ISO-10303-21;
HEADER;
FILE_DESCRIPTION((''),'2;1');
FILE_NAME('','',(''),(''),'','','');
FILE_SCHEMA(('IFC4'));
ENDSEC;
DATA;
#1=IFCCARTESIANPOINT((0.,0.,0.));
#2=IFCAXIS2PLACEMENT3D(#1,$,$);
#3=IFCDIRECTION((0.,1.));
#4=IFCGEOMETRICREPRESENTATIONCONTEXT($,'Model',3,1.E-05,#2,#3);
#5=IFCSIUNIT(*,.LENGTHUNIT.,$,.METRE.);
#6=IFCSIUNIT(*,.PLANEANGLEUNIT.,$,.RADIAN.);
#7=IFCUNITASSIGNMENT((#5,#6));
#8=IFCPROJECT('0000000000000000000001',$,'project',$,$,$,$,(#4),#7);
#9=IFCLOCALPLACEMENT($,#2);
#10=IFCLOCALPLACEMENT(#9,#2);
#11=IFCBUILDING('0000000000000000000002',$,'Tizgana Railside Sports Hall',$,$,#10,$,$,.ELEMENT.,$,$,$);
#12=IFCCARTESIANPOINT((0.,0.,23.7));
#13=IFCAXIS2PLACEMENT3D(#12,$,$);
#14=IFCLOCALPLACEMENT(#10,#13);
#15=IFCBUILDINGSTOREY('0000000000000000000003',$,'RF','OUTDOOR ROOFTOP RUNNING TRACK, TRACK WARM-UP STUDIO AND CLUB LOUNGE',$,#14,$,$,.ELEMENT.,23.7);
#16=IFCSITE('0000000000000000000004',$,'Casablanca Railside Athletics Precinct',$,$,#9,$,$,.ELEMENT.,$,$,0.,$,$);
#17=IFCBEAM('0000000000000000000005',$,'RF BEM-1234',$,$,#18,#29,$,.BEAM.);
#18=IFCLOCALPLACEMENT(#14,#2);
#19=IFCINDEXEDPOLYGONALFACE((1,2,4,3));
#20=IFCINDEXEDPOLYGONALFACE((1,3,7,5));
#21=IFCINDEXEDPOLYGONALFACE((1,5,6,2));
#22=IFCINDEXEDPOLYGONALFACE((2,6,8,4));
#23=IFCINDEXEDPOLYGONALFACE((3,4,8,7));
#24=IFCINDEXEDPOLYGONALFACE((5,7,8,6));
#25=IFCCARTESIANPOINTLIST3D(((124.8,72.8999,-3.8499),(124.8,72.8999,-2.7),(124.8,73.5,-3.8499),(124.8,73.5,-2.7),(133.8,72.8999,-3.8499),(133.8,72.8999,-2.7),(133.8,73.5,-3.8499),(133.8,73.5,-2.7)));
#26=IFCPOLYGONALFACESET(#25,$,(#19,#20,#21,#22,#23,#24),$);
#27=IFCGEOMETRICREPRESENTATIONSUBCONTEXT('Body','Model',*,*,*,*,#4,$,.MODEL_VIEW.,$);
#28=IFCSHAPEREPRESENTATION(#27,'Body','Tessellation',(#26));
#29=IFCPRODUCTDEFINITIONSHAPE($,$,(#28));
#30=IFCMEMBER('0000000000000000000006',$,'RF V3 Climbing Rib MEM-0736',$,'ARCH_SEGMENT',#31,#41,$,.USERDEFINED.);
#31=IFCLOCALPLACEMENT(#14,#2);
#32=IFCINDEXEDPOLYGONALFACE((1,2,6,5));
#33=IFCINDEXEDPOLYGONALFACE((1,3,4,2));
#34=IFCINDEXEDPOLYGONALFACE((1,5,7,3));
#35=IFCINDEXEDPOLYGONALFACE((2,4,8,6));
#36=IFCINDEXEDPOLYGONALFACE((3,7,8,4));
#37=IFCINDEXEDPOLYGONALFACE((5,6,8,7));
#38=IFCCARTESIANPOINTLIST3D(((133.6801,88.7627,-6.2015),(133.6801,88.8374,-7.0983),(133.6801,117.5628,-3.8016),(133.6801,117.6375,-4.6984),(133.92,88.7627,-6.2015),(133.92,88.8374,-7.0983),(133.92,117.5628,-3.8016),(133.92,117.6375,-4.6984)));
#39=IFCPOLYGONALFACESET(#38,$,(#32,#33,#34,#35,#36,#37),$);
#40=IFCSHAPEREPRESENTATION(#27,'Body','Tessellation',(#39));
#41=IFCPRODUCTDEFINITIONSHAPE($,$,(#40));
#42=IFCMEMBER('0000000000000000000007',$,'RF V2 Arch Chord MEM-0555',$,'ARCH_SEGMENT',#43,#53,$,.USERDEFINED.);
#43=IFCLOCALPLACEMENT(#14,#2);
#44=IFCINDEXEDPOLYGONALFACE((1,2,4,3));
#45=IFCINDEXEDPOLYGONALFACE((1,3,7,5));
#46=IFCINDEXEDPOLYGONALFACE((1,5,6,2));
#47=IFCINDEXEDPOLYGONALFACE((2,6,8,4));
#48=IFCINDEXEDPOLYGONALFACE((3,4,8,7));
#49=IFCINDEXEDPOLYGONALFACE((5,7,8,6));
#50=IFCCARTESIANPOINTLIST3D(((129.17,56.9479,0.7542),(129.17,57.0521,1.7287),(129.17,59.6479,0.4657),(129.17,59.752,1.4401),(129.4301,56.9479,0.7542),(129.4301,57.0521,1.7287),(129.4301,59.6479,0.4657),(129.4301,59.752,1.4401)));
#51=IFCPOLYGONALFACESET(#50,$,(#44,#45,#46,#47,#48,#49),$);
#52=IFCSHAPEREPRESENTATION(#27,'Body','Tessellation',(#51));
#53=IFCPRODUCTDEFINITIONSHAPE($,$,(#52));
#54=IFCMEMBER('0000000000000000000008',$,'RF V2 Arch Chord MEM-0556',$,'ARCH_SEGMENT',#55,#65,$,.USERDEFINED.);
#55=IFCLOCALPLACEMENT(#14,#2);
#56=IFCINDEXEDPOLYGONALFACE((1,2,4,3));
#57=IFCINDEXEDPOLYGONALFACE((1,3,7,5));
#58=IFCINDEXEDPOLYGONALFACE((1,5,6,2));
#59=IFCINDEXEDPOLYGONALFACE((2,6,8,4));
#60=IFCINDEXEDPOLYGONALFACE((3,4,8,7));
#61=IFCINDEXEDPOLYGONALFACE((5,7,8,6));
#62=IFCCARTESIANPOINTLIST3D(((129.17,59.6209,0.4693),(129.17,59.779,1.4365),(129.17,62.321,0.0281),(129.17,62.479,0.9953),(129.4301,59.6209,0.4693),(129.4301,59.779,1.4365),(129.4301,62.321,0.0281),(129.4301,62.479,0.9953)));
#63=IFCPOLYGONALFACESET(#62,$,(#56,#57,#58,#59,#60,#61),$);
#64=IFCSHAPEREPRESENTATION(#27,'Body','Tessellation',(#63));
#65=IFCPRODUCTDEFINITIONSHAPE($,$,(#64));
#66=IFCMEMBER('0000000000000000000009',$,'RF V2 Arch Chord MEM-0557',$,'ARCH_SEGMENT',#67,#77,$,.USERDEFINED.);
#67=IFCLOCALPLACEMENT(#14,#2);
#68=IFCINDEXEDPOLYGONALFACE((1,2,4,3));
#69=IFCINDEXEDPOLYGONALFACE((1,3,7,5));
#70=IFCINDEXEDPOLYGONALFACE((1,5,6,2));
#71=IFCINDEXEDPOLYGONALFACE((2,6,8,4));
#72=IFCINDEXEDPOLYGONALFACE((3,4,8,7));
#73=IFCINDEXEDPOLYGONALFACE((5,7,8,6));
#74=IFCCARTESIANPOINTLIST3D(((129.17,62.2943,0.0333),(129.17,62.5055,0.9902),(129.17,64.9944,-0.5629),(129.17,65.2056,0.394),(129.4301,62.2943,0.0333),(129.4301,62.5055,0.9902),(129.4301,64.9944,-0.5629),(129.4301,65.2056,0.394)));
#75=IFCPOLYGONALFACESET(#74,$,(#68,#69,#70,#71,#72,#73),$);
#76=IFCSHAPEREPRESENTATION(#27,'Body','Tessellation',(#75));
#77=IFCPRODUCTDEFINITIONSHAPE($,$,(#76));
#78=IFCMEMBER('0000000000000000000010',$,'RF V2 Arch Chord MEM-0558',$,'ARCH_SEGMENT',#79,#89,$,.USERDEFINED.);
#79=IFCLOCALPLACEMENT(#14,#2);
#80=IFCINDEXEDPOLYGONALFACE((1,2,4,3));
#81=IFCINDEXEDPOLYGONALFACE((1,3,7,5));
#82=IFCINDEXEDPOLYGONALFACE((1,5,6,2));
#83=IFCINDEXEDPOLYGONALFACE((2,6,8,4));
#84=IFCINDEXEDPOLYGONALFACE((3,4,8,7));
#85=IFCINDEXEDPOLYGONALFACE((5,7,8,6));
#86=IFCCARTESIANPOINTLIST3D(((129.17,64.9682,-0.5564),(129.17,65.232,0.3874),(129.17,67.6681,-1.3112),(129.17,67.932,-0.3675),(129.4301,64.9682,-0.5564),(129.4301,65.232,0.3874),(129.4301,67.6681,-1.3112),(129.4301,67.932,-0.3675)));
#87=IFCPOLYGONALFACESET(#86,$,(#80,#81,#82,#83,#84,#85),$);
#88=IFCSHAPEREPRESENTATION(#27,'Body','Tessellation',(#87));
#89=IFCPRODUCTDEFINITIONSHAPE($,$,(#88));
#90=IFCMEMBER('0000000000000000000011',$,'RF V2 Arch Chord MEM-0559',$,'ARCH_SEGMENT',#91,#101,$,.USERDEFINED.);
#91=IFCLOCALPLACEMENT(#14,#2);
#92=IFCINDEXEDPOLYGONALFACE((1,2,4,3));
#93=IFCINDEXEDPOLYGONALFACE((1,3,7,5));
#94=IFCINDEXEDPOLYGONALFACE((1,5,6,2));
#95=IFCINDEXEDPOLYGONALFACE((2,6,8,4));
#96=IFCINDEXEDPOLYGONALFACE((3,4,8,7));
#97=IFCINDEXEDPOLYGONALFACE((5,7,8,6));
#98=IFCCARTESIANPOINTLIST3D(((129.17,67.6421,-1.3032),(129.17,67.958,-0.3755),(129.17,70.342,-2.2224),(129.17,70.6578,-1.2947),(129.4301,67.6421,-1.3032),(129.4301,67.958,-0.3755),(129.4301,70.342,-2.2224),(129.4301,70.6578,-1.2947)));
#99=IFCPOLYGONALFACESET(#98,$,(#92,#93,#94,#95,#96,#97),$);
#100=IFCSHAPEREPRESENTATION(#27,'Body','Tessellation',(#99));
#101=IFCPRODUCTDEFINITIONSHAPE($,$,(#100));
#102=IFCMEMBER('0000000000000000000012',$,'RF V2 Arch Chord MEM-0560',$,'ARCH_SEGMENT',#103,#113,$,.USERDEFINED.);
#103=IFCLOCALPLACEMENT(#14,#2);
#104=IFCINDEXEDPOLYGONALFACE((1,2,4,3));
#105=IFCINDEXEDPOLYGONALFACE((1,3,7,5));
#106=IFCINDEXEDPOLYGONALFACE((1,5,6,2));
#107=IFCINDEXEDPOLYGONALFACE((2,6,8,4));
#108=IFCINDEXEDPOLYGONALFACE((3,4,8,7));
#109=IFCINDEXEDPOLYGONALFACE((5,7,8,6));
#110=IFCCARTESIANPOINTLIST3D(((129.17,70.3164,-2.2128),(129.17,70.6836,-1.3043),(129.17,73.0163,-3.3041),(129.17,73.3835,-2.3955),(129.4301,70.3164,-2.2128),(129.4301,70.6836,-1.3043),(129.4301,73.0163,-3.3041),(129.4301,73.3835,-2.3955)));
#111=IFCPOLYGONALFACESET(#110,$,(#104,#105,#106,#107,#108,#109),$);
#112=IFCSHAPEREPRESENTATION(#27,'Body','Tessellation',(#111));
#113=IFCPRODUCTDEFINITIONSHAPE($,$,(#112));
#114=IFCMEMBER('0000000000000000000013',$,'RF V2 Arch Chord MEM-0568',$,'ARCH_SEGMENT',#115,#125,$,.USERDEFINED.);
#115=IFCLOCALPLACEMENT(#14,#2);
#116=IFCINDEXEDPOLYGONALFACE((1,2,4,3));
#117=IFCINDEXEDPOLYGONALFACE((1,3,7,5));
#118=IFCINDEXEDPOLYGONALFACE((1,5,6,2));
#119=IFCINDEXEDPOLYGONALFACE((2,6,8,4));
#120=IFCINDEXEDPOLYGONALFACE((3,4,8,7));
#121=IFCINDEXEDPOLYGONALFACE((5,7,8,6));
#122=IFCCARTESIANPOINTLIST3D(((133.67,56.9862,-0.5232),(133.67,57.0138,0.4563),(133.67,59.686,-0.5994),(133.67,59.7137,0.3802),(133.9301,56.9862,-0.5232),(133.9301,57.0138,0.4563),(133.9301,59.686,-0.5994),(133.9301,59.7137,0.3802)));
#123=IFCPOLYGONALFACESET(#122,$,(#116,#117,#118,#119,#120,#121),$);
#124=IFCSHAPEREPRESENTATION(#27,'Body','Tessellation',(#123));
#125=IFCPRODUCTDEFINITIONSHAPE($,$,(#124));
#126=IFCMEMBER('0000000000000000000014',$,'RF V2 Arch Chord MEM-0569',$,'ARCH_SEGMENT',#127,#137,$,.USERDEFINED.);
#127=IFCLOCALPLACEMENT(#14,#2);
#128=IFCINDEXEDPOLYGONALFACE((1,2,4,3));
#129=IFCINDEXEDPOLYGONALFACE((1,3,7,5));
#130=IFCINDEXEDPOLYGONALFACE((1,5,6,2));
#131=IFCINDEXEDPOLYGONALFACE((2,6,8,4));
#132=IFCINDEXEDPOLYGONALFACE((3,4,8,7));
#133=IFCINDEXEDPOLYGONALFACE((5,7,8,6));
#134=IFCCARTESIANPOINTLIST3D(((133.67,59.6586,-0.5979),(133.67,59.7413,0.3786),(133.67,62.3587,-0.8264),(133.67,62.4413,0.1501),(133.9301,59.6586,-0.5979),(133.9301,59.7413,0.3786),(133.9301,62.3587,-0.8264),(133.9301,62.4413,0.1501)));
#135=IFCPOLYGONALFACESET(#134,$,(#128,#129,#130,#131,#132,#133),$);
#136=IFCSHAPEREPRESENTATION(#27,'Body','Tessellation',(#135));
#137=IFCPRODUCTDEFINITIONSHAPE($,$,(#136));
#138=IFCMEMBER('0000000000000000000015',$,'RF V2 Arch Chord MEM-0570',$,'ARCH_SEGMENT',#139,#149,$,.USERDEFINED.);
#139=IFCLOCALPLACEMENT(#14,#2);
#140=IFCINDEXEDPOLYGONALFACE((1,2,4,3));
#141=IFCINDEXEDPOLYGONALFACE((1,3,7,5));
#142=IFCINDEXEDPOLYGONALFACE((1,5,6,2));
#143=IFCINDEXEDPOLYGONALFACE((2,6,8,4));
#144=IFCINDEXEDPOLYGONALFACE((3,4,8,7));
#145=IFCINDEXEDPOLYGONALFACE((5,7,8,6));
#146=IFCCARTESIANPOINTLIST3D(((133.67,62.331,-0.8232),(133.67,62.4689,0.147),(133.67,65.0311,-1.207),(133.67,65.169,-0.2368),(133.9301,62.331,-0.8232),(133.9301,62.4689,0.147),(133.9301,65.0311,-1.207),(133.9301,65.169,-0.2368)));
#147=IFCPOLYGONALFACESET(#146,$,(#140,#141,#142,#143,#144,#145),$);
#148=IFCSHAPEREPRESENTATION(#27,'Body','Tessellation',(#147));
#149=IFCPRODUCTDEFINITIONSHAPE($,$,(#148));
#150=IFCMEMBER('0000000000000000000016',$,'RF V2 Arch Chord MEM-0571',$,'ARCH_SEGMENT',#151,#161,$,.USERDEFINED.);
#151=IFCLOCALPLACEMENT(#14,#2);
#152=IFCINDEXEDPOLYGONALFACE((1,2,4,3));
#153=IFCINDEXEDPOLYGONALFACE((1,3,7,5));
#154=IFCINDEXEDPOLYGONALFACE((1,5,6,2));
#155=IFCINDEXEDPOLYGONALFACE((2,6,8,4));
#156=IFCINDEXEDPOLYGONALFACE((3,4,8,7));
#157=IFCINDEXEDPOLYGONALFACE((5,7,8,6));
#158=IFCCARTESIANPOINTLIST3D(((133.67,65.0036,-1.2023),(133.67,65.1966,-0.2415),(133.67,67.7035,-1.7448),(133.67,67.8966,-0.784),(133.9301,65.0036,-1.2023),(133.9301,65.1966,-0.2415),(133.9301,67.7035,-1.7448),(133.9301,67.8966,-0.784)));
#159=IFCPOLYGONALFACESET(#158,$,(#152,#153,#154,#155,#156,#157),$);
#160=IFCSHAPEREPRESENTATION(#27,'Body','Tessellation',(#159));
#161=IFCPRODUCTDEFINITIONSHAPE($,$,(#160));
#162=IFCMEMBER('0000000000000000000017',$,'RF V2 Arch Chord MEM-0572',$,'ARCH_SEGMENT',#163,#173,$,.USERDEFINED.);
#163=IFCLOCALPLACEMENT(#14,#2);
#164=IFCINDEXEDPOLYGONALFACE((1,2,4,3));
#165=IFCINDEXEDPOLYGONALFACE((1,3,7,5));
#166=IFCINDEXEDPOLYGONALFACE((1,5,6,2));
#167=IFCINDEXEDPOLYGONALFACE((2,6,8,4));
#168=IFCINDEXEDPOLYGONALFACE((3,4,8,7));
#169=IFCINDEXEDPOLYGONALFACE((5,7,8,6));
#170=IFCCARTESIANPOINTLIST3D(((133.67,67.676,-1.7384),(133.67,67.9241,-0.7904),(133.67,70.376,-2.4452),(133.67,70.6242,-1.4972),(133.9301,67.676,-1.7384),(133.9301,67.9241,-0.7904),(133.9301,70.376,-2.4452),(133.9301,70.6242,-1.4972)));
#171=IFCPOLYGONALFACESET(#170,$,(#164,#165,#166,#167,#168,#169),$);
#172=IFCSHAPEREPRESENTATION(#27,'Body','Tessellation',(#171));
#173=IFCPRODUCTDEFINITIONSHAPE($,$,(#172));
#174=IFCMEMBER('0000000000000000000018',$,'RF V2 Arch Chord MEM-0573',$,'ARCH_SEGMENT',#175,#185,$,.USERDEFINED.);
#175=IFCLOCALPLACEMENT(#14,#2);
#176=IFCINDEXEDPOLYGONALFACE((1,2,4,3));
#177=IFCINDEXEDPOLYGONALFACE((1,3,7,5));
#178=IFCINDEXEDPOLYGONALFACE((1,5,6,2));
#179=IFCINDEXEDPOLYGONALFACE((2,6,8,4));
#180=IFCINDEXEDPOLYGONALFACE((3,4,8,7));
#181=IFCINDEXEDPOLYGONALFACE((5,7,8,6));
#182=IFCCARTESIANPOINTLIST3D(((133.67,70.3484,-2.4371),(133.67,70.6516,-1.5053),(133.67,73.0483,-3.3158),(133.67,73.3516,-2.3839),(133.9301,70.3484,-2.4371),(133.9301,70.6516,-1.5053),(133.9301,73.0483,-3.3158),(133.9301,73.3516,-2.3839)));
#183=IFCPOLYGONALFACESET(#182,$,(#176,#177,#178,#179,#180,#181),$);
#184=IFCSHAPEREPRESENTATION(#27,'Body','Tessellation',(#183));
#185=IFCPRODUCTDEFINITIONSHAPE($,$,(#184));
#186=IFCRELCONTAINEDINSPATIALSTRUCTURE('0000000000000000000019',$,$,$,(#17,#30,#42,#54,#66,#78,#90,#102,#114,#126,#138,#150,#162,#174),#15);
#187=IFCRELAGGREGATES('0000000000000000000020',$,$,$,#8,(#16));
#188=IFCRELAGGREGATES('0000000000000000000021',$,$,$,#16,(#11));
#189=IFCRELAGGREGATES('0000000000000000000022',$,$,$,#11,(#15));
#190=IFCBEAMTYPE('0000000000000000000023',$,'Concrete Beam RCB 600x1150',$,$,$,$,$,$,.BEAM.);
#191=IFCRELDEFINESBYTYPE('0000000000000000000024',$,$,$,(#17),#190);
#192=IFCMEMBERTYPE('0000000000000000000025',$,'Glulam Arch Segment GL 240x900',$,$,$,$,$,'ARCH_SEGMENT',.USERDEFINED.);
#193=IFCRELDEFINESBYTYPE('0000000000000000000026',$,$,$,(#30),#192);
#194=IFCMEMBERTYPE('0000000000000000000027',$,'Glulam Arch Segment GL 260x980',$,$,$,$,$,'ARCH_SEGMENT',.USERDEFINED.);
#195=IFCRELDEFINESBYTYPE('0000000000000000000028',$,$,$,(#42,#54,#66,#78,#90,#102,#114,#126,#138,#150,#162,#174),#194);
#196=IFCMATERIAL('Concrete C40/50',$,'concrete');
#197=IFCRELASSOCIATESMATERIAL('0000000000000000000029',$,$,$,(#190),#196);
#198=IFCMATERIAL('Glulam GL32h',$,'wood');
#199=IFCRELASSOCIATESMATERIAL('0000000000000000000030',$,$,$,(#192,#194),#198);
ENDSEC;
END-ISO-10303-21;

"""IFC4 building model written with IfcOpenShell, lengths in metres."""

from ifc_helpers import new_model, si_unit, direction, frame, origin, origin_2d, place, context, subcontext, project, spatial, rectangle, extrude, material, material_profile, profile_set, type_object, element, save


model = new_model("IFC4")

# Units and contexts
model_context = context("Model", 3, precision=1e-05, world=origin(), true_north=direction((0.0, 1.0)))
body_context = subcontext(model_context, "Body", "Model", "MODEL_VIEW")
ifc_project = project(units=[si_unit("LENGTHUNIT", "METRE"), si_unit("PLANEANGLEUNIT", "RADIAN")], contexts=[model_context])

# Site, building, storey
site_placement = place(None, origin())
site = spatial("IfcSite", under=ifc_project, at=site_placement, Name="Casablanca Railside Athletics Precinct", CompositionType="ELEMENT", RefElevation=0.0)
building_placement = place(site_placement, origin())
building = spatial("IfcBuilding", under=site, at=building_placement, Name="Tizgana Railside Sports Hall", CompositionType="ELEMENT")
storey_placement = place(building_placement, frame((0.0, 0.0, 23.7)))
storey = spatial("IfcBuildingStorey", under=building, at=storey_placement, Name="RF", Description="OUTDOOR ROOFTOP RUNNING TRACK, TRACK WARM-UP STUDIO AND CLUB LOUNGE", CompositionType="ELEMENT", Elevation=23.7)

# Beam
ifc_material_1 = material(Name="Concrete C40/50", Category="concrete")
ifc_material_profile_1 = material_profile(ifc_material_1, rectangle(XDim=0.6001, YDim=1.1499, at=origin_2d()), Name="RCB 600x1150")
ifc_profile_set_1 = profile_set([ifc_material_profile_1], Name="Concrete C40/50")
beam_type_1 = type_object("IfcBeamType", Name="Concrete Beam RCB 600x1150", PredefinedType="BEAM", material=ifc_profile_set_1)
beam_1_placement = place(storey_placement, frame((124.8, 73.2, -3.2749), z_axis=(1.0, 0.0, 0.0), x_axis=(0.0, 1.0, 0.0)))
element("IfcBeam", 1, at=beam_1_placement, inside=storey, type_object=beam_type_1, Name="RF BEM-1234", PredefinedType="BEAM", context=body_context, shape_type="SweptSolid", body=[
    extrude(rectangle(XDim=0.6001, YDim=1.1499, at=origin_2d()), origin(), (0.0, 0.0, 1.0), 9.0),
])

# Members
ifc_material_2 = material(Name="Glulam GL32h", Category="wood")
ifc_material_profile_2 = material_profile(ifc_material_2, rectangle(XDim=0.24, YDim=0.8999, at=origin_2d()), Name="GL 240x900")
ifc_profile_set_2 = profile_set([ifc_material_profile_2], Name="Glulam GL32h")
member_type_1 = type_object("IfcMemberType", Name="Glulam Arch Segment GL 240x900", ElementType="ARCH_SEGMENT", PredefinedType="USERDEFINED", material=ifc_profile_set_2)
member_1_placement = place(storey_placement, frame((133.8, 88.8, -6.6499), z_axis=(0.0, 0.996546, 0.083042), x_axis=(-1.0, 0.0, 0.0)))
element("IfcMember", 2, at=member_1_placement, inside=storey, type_object=member_type_1, Name="RF V3 Climbing Rib MEM-0736", ObjectType="ARCH_SEGMENT", PredefinedType="USERDEFINED", context=body_context, shape_type="SweptSolid", body=[
    extrude(rectangle(XDim=0.24, YDim=0.8999, at=origin_2d()), origin(), (0.0, 0.0, 1.0), 28.8999),
])
ifc_material_profile_3 = material_profile(ifc_material_2, rectangle(XDim=0.26, YDim=0.98, at=origin_2d()), Name="GL 260x980")
ifc_profile_set_3 = profile_set([ifc_material_profile_3], Name="Glulam GL32h")
member_type_2 = type_object("IfcMemberType", Name="Glulam Arch Segment GL 260x980", ElementType="ARCH_SEGMENT", PredefinedType="USERDEFINED", material=ifc_profile_set_3)
member_2_placement = place(storey_placement, frame((129.3, 57.0, 1.2415), z_axis=(0.0, 0.994337, -0.106276), x_axis=(-1.0, 0.0, 0.0)))
element("IfcMember", 3, at=member_2_placement, inside=storey, type_object=member_type_2, Name="RF V2 Arch Chord MEM-0555", ObjectType="ARCH_SEGMENT", PredefinedType="USERDEFINED", context=body_context, shape_type="SweptSolid", body=[
    extrude(rectangle(XDim=0.26, YDim=0.98, at=origin_2d()), origin(), (0.0, 0.0, 1.0), 2.7153),
])
member_3_placement = place(storey_placement, frame((129.3, 59.7, 0.9529), z_axis=(0.0, 0.986912, -0.161258), x_axis=(-1.0, 0.0, 0.0)))
element("IfcMember", 4, at=member_3_placement, inside=storey, type_object=member_type_2, Name="RF V2 Arch Chord MEM-0556", ObjectType="ARCH_SEGMENT", PredefinedType="USERDEFINED", context=body_context, shape_type="SweptSolid", body=[
    extrude(rectangle(XDim=0.26, YDim=0.98, at=origin_2d()), origin(), (0.0, 0.0, 1.0), 2.7358),
])
member_4_placement = place(storey_placement, frame((129.3, 62.3999, 0.5117), z_axis=(0.0, 0.976481, -0.215603), x_axis=(-1.0, 0.0, 0.0)))
element("IfcMember", 5, at=member_4_placement, inside=storey, type_object=member_type_2, Name="RF V2 Arch Chord MEM-0557", ObjectType="ARCH_SEGMENT", PredefinedType="USERDEFINED", context=body_context, shape_type="SweptSolid", body=[
    extrude(rectangle(XDim=0.26, YDim=0.98, at=origin_2d()), origin(), (0.0, 0.0, 1.0), 2.7651),
])
member_5_placement = place(storey_placement, frame((129.3, 65.1001, -0.0845), z_axis=(0.0, 0.963066, -0.269265), x_axis=(-1.0, 0.0, 0.0)))
element("IfcMember", 6, at=member_5_placement, inside=storey, type_object=member_type_2, Name="RF V2 Arch Chord MEM-0558", ObjectType="ARCH_SEGMENT", PredefinedType="USERDEFINED", context=body_context, shape_type="SweptSolid", body=[
    extrude(rectangle(XDim=0.26, YDim=0.98, at=origin_2d()), origin(), (0.0, 0.0, 1.0), 2.8035),
])
member_6_placement = place(storey_placement, frame((129.3, 67.8, -0.8394), z_axis=(0.0, 0.946644, -0.322282), x_axis=(-1.0, 0.0, 0.0)))
element("IfcMember", 7, at=member_6_placement, inside=storey, type_object=member_type_2, Name="RF V2 Arch Chord MEM-0559", ObjectType="ARCH_SEGMENT", PredefinedType="USERDEFINED", context=body_context, shape_type="SweptSolid", body=[
    extrude(rectangle(XDim=0.26, YDim=0.98, at=origin_2d()), origin(), (0.0, 0.0, 1.0), 2.8521),
])
member_7_placement = place(storey_placement, frame((129.3, 70.5, -1.7585), z_axis=(0.0, 0.927129, -0.374742), x_axis=(-1.0, 0.0, 0.0)))
element("IfcMember", 8, at=member_7_placement, inside=storey, type_object=member_type_2, Name="RF V2 Arch Chord MEM-0560", ObjectType="ARCH_SEGMENT", PredefinedType="USERDEFINED", context=body_context, shape_type="SweptSolid", body=[
    extrude(rectangle(XDim=0.26, YDim=0.98, at=origin_2d()), origin(), (0.0, 0.0, 1.0), 2.9121),
])
member_8_placement = place(storey_placement, frame((133.8, 57.0, -0.0334), z_axis=(0.0, 0.999602, -0.028201), x_axis=(-1.0, 0.0, 0.0)))
element("IfcMember", 9, at=member_8_placement, inside=storey, type_object=member_type_2, Name="RF V2 Arch Chord MEM-0568", ObjectType="ARCH_SEGMENT", PredefinedType="USERDEFINED", context=body_context, shape_type="SweptSolid", body=[
    extrude(rectangle(XDim=0.26, YDim=0.98, at=origin_2d()), origin(), (0.0, 0.0, 1.0), 2.7009),
])
member_9_placement = place(storey_placement, frame((133.8, 59.7, -0.1096), z_axis=(0.0, 0.996437, -0.084335), x_axis=(-1.0, 0.0, 0.0)))
element("IfcMember", 10, at=member_9_placement, inside=storey, type_object=member_type_2, Name="RF V2 Arch Chord MEM-0569", ObjectType="ARCH_SEGMENT", PredefinedType="USERDEFINED", context=body_context, shape_type="SweptSolid", body=[
    extrude(rectangle(XDim=0.26, YDim=0.98, at=origin_2d()), origin(), (0.0, 0.0, 1.0), 2.7097),
])
member_10_placement = place(storey_placement, frame((133.8, 62.3999, -0.3381), z_axis=(0.0, 0.99005, -0.14072), x_axis=(-1.0, 0.0, 0.0)))
element("IfcMember", 11, at=member_10_placement, inside=storey, type_object=member_type_2, Name="RF V2 Arch Chord MEM-0570", ObjectType="ARCH_SEGMENT", PredefinedType="USERDEFINED", context=body_context, shape_type="SweptSolid", body=[
    extrude(rectangle(XDim=0.26, YDim=0.98, at=origin_2d()), origin(), (0.0, 0.0, 1.0), 2.7273),
])
member_11_placement = place(storey_placement, frame((133.8, 65.1001, -0.7219), z_axis=(0.0, 0.980406, -0.196986), x_axis=(-1.0, 0.0, 0.0)))
element("IfcMember", 12, at=member_11_placement, inside=storey, type_object=member_type_2, Name="RF V2 Arch Chord MEM-0571", ObjectType="ARCH_SEGMENT", PredefinedType="USERDEFINED", context=body_context, shape_type="SweptSolid", body=[
    extrude(rectangle(XDim=0.26, YDim=0.98, at=origin_2d()), origin(), (0.0, 0.0, 1.0), 2.7539),
])
member_12_placement = place(storey_placement, frame((133.8, 67.8, -1.2644), z_axis=(0.0, 0.967402, -0.253244), x_axis=(-1.0, 0.0, 0.0)))
element("IfcMember", 13, at=member_12_placement, inside=storey, type_object=member_type_2, Name="RF V2 Arch Chord MEM-0572", ObjectType="ARCH_SEGMENT", PredefinedType="USERDEFINED", context=body_context, shape_type="SweptSolid", body=[
    extrude(rectangle(XDim=0.26, YDim=0.98, at=origin_2d()), origin(), (0.0, 0.0, 1.0), 2.791),
])
member_13_placement = place(storey_placement, frame((133.8, 70.5, -1.9712), z_axis=(0.0, 0.950912, -0.309461), x_axis=(-1.0, 0.0, 0.0)))
element("IfcMember", 14, at=member_13_placement, inside=storey, type_object=member_type_2, Name="RF V2 Arch Chord MEM-0573", ObjectType="ARCH_SEGMENT", PredefinedType="USERDEFINED", context=body_context, shape_type="SweptSolid", body=[
    extrude(rectangle(XDim=0.26, YDim=0.98, at=origin_2d()), origin(), (0.0, 0.0, 1.0), 2.8394),
])

save(model, "model.ifc")
